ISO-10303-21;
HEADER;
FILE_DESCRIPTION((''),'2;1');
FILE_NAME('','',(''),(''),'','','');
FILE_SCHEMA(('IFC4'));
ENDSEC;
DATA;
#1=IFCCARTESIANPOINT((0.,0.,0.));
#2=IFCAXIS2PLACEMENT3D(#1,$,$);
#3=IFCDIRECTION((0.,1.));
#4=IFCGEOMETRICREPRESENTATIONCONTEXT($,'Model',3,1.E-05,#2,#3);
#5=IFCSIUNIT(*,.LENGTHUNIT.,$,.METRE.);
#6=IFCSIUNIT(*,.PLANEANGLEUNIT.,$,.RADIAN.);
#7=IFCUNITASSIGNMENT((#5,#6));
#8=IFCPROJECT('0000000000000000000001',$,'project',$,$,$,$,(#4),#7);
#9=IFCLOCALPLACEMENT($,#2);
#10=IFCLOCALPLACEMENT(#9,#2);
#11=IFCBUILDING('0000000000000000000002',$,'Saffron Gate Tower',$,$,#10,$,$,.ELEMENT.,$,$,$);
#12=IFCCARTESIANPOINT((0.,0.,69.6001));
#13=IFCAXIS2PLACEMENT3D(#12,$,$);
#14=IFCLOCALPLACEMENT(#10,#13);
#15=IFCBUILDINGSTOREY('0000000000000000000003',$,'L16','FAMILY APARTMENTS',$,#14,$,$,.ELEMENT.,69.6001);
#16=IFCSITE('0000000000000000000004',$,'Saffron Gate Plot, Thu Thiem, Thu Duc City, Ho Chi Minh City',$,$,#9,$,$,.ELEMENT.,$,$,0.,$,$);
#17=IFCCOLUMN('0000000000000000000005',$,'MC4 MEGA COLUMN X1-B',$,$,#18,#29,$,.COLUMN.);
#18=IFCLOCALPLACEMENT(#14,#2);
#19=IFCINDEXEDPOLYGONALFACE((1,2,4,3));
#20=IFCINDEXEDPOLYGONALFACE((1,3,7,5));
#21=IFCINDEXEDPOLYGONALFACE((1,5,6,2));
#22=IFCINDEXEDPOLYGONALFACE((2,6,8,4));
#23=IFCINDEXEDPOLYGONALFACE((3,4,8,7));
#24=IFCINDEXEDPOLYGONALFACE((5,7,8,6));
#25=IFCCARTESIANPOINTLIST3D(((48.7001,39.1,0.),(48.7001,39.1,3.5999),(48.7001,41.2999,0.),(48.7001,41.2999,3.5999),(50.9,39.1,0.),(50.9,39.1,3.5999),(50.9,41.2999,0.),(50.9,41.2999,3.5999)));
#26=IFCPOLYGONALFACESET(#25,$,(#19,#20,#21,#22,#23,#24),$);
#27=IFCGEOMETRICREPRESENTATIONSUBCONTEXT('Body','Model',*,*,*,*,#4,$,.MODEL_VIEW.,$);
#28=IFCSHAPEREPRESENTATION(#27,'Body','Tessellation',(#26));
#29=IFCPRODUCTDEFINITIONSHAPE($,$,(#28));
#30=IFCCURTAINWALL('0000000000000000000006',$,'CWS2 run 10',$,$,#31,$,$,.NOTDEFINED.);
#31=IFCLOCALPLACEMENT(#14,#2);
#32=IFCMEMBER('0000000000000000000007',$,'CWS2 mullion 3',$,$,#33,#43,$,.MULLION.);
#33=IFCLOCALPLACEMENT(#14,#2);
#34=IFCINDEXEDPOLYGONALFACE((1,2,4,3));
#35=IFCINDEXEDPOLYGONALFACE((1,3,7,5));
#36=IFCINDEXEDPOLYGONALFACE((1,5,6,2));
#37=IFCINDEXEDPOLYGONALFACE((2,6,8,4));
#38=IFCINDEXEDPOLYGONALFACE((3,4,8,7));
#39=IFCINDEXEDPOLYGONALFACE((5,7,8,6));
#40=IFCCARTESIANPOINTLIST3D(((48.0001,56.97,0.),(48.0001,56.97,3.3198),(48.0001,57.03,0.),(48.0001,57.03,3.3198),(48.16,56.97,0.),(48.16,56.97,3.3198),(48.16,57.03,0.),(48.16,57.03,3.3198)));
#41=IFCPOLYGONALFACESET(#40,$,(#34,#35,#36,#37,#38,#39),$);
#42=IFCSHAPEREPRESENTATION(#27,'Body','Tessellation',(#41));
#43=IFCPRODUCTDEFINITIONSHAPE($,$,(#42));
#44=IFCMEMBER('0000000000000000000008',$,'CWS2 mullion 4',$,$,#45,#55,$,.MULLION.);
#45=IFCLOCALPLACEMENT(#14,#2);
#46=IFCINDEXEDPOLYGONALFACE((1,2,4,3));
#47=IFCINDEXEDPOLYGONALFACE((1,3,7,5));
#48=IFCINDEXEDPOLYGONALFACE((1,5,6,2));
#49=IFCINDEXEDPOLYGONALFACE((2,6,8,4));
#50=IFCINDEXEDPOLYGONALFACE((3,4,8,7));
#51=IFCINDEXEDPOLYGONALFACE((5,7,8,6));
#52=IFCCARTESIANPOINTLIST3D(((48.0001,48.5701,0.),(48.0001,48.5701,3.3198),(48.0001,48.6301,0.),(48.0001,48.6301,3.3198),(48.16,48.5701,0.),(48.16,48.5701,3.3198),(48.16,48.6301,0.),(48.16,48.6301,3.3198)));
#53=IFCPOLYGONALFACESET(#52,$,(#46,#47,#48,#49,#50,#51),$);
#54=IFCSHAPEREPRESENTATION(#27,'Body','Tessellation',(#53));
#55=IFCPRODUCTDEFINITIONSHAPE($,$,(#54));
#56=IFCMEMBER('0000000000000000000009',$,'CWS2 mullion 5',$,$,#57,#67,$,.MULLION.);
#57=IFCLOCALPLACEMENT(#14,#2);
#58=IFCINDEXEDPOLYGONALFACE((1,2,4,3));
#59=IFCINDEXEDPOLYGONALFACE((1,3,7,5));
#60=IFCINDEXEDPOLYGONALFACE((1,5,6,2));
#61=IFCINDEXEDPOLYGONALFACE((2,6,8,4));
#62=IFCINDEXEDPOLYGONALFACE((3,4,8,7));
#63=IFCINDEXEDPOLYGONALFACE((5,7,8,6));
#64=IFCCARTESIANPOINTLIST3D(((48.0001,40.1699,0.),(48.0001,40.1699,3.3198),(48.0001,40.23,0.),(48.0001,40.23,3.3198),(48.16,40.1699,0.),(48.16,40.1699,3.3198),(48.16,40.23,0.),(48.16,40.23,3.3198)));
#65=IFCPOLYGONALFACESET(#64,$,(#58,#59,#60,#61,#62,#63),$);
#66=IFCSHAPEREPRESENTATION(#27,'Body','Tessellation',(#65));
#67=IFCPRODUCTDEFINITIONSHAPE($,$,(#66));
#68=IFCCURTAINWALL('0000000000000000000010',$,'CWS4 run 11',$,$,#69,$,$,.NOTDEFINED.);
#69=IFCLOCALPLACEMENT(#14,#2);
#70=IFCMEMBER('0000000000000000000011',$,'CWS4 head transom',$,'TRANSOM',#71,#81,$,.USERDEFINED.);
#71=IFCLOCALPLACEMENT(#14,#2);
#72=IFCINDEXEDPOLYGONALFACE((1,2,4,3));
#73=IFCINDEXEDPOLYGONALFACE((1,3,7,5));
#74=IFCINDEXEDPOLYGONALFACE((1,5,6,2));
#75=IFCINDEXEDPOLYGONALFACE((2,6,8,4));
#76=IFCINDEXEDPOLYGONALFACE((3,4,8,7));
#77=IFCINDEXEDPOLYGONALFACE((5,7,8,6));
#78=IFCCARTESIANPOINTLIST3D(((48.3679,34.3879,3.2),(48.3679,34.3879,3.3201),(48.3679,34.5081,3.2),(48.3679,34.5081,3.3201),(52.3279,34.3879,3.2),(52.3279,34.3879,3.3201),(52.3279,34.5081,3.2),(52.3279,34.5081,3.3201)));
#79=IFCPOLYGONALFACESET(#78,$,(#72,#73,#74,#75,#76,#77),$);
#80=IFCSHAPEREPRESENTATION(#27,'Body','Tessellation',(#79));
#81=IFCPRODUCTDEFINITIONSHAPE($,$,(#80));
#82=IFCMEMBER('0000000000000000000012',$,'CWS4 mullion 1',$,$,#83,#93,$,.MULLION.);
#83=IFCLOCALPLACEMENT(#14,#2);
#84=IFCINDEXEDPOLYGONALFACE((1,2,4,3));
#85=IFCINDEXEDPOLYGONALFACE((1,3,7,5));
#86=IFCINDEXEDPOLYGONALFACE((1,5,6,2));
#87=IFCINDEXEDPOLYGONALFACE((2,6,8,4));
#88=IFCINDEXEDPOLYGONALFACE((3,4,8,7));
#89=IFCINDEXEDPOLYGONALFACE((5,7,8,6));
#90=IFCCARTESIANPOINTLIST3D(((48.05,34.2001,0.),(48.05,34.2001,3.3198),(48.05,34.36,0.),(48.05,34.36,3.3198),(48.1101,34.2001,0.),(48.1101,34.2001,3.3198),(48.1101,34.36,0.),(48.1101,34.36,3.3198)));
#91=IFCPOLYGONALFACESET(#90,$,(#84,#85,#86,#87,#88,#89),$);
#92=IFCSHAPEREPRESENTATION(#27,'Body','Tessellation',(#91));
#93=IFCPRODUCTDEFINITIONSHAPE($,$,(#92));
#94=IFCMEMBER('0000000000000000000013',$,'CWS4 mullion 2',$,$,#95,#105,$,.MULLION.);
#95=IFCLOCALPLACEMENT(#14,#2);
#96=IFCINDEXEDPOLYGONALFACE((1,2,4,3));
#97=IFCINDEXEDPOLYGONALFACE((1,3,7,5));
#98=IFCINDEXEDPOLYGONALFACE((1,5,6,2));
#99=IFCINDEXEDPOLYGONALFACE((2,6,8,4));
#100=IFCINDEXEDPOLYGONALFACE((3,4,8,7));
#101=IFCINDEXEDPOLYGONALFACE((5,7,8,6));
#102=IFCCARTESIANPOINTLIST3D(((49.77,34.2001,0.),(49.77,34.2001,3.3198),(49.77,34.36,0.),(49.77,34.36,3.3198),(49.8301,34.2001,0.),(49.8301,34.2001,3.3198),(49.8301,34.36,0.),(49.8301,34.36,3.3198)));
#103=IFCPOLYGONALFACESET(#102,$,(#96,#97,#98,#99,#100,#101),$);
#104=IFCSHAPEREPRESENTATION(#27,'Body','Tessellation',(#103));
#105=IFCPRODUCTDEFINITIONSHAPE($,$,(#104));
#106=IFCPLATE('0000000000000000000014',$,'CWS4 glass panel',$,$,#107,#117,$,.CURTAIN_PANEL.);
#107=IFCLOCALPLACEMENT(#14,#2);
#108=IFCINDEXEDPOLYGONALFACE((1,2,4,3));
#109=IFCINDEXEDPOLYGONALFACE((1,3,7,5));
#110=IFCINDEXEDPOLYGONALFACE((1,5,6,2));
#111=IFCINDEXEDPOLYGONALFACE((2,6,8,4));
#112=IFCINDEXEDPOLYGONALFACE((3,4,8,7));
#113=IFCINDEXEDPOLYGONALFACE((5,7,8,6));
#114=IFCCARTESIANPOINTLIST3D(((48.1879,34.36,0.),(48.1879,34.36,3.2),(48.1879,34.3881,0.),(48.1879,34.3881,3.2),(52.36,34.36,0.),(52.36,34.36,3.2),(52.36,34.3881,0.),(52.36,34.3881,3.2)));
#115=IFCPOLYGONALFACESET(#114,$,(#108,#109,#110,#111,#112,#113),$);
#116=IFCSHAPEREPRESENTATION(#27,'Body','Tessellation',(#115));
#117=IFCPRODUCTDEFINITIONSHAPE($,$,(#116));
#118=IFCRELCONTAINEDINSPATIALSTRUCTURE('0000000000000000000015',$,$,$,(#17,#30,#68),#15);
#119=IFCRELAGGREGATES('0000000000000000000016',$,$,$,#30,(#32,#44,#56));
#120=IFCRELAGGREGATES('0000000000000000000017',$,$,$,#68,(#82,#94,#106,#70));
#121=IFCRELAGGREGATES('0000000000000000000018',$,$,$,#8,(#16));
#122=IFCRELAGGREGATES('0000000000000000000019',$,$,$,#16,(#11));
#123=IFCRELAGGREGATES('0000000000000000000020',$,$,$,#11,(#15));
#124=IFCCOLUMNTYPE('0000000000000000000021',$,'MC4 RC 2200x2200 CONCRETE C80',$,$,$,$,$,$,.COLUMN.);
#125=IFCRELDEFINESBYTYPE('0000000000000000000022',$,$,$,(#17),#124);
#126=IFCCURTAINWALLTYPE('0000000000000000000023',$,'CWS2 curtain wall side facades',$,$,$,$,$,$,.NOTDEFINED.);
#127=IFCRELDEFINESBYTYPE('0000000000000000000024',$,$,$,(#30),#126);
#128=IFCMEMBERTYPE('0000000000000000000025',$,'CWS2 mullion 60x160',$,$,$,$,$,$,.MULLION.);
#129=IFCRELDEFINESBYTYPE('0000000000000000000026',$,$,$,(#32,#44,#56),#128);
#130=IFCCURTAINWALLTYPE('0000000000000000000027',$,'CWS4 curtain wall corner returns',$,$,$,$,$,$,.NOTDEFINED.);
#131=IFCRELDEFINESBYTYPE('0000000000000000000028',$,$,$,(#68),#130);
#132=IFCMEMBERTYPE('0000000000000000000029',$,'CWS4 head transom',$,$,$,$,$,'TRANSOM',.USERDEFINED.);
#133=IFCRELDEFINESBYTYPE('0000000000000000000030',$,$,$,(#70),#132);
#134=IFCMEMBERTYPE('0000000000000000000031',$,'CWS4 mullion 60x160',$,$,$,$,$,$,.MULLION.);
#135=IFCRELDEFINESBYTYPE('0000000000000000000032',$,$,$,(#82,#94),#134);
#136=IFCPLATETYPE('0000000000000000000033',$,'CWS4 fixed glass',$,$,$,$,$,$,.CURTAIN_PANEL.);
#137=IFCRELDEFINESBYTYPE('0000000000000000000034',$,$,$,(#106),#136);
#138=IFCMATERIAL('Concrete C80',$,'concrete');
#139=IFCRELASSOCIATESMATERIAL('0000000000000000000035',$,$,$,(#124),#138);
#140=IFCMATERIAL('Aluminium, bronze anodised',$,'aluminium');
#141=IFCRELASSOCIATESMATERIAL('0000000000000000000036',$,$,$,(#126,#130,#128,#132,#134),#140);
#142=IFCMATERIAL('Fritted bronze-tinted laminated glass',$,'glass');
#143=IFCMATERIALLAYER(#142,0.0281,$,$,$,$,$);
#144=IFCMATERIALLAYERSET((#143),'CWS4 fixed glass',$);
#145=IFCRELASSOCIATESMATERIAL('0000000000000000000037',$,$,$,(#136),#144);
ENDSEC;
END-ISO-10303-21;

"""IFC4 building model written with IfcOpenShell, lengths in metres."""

from ifc_helpers import new_model, si_unit, direction, frame, frame_2d, origin, origin_2d, place, context, subcontext, project, spatial, rectangle, extrude, material, layer, layer_set, material_profile, profile_set, type_object, element, aggregate, save


model = new_model("IFC4")

# Units and contexts
model_context = context("Model", 3, precision=1e-05, world=origin(), true_north=direction((0.0, 1.0)))
body_context = subcontext(model_context, "Body", "Model", "MODEL_VIEW")
ifc_project = project(units=[si_unit("LENGTHUNIT", "METRE"), si_unit("PLANEANGLEUNIT", "RADIAN")], contexts=[model_context])

# Site, building, storey
site_placement = place(None, origin())
site = spatial("IfcSite", under=ifc_project, at=site_placement, Name="Saffron Gate Plot, Thu Thiem, Thu Duc City, Ho Chi Minh City", CompositionType="ELEMENT", RefElevation=0.0)
building_placement = place(site_placement, origin())
building = spatial("IfcBuilding", under=site, at=building_placement, Name="Saffron Gate Tower", CompositionType="ELEMENT")
storey_placement = place(building_placement, frame((0.0, 0.0, 69.6001)))
storey = spatial("IfcBuildingStorey", under=building, at=storey_placement, Name="L16", Description="FAMILY APARTMENTS", CompositionType="ELEMENT", Elevation=69.6001)

# Column
ifc_material_1 = material(Name="Concrete C80", Category="concrete")
ifc_material_profile_1 = material_profile(ifc_material_1, rectangle(XDim=2.2, YDim=2.2, at=origin_2d()))
ifc_profile_set_1 = profile_set([ifc_material_profile_1], Name="Concrete C80")
column_type = type_object("IfcColumnType", Name="MC4 RC 2200x2200 CONCRETE C80", PredefinedType="COLUMN", material=ifc_profile_set_1)
column_placement = place(storey_placement, frame((49.8, 40.2, 0.0), z_axis=(0.0, 0.0, 1.0), x_axis=(1.0, 0.0, 0.0)))
element("IfcColumn", 1, at=column_placement, inside=storey, type_object=column_type, Name="MC4 MEGA COLUMN X1-B", PredefinedType="COLUMN", context=body_context, shape_type="SweptSolid", body=[
    extrude(rectangle(XDim=2.2, YDim=2.2, at=origin_2d()), origin(), (0.0, 0.0, 1.0), 3.5999),
])

# Curtain wall, members
ifc_material_2 = material(Name="Aluminium, bronze anodised", Category="aluminium")
curtain_wall_type_1 = type_object("IfcCurtainWallType", Name="CWS2 curtain wall side facades", PredefinedType="NOTDEFINED", material=ifc_material_2)
curtain_wall_1_placement = place(storey_placement, origin())
curtain_wall_1 = element("IfcCurtainWall", 2, at=curtain_wall_1_placement, inside=storey, type_object=curtain_wall_type_1, Name="CWS2 run 10", PredefinedType="NOTDEFINED")
ifc_material_profile_2 = material_profile(ifc_material_2, rectangle(XDim=0.1599, YDim=0.0601, at=origin_2d()))
ifc_profile_set_2 = profile_set([ifc_material_profile_2], Name="Aluminium, bronze anodised")
member_type_1 = type_object("IfcMemberType", Name="CWS2 mullion 60x160", PredefinedType="MULLION", material=ifc_profile_set_2)
member_1_placement = place(storey_placement, frame((48.0801, 57.0, 0.0), z_axis=(0.0, 0.0, 1.0), x_axis=(1.0, 0.0, 0.0)))
member_1 = element("IfcMember", 3, at=member_1_placement, type_object=member_type_1, Name="CWS2 mullion 3", PredefinedType="MULLION", context=body_context, shape_type="SweptSolid", body=[
    extrude(rectangle(XDim=0.1599, YDim=0.0601, at=origin_2d()), origin(), (0.0, 0.0, 1.0), 3.3198),
])
member_2_placement = place(storey_placement, frame((48.0801, 48.6001, 0.0), z_axis=(0.0, 0.0, 1.0), x_axis=(1.0, 0.0, 0.0)))
member_2 = element("IfcMember", 4, at=member_2_placement, type_object=member_type_1, Name="CWS2 mullion 4", PredefinedType="MULLION", context=body_context, shape_type="SweptSolid", body=[
    extrude(rectangle(XDim=0.1599, YDim=0.0601, at=origin_2d()), origin(), (0.0, 0.0, 1.0), 3.3198),
])
member_3_placement = place(storey_placement, frame((48.0801, 40.2, 0.0), z_axis=(0.0, 0.0, 1.0), x_axis=(1.0, 0.0, 0.0)))
member_3 = element("IfcMember", 5, at=member_3_placement, type_object=member_type_1, Name="CWS2 mullion 5", PredefinedType="MULLION", context=body_context, shape_type="SweptSolid", body=[
    extrude(rectangle(XDim=0.1599, YDim=0.0601, at=origin_2d()), origin(), (0.0, 0.0, 1.0), 3.3198),
])
aggregate(curtain_wall_1, [member_1, member_2, member_3])

# Curtain wall, members, plate
curtain_wall_type_2 = type_object("IfcCurtainWallType", Name="CWS4 curtain wall corner returns", PredefinedType="NOTDEFINED", material=ifc_material_2)
curtain_wall_2_placement = place(storey_placement, origin())
curtain_wall_2 = element("IfcCurtainWall", 6, at=curtain_wall_2_placement, inside=storey, type_object=curtain_wall_type_2, Name="CWS4 run 11", PredefinedType="NOTDEFINED")
ifc_material_profile_3 = material_profile(ifc_material_2, rectangle(XDim=0.1201, YDim=0.1201, at=origin_2d()))
ifc_profile_set_3 = profile_set([ifc_material_profile_3], Name="Aluminium, bronze anodised")
member_type_2 = type_object("IfcMemberType", Name="CWS4 head transom", ElementType="TRANSOM", PredefinedType="USERDEFINED", material=ifc_profile_set_3)
member_4_placement = place(storey_placement, frame((48.3679, 34.448, 3.26), z_axis=(1.0, 0.0, 0.0), x_axis=(0.0, 1.0, 0.0)))
member_4 = element("IfcMember", 7, at=member_4_placement, type_object=member_type_2, Name="CWS4 head transom", ObjectType="TRANSOM", PredefinedType="USERDEFINED", context=body_context, shape_type="SweptSolid", body=[
    extrude(rectangle(XDim=0.1201, YDim=0.1201, at=origin_2d()), origin(), (0.0, 0.0, 1.0), 3.96),
])
ifc_material_profile_4 = material_profile(ifc_material_2, rectangle(XDim=0.1599, YDim=0.0601, at=origin_2d()))
ifc_profile_set_4 = profile_set([ifc_material_profile_4], Name="Aluminium, bronze anodised")
member_type_3 = type_object("IfcMemberType", Name="CWS4 mullion 60x160", PredefinedType="MULLION", material=ifc_profile_set_4)
member_5_placement = place(storey_placement, frame((48.0801, 34.28, 0.0), z_axis=(0.0, 0.0, 1.0), x_axis=(0.0, 1.0, 0.0)))
member_5 = element("IfcMember", 8, at=member_5_placement, type_object=member_type_3, Name="CWS4 mullion 1", PredefinedType="MULLION", context=body_context, shape_type="SweptSolid", body=[
    extrude(rectangle(XDim=0.1599, YDim=0.0601, at=origin_2d()), origin(), (0.0, 0.0, 1.0), 3.3198),
])
member_6_placement = place(storey_placement, frame((49.8, 34.28, 0.0), z_axis=(0.0, 0.0, 1.0), x_axis=(0.0, 1.0, 0.0)))
member_6 = element("IfcMember", 9, at=member_6_placement, type_object=member_type_3, Name="CWS4 mullion 2", PredefinedType="MULLION", context=body_context, shape_type="SweptSolid", body=[
    extrude(rectangle(XDim=0.1599, YDim=0.0601, at=origin_2d()), origin(), (0.0, 0.0, 1.0), 3.3198),
])
ifc_material_3 = material(Name="Fritted bronze-tinted laminated glass", Category="glass")
ifc_layer_1 = layer(ifc_material_3, 0.0281)
ifc_layer_set_1 = layer_set([ifc_layer_1], Name="CWS4 fixed glass")
plate_type = type_object("IfcPlateType", Name="CWS4 fixed glass", PredefinedType="CURTAIN_PANEL", material=ifc_layer_set_1)
plate_placement = place(storey_placement, frame((48.188, 34.374, 0.0), z_axis=(0.0, 0.0, 1.0), x_axis=(1.0, 0.0, 0.0)))
plate = element("IfcPlate", 10, at=plate_placement, type_object=plate_type, Name="CWS4 glass panel", PredefinedType="CURTAIN_PANEL", context=body_context, shape_type="SweptSolid", body=[
    extrude(rectangle(XDim=4.1721, YDim=0.0281, at=frame_2d((2.0859, 0.0))), origin(), (0.0, 0.0, 1.0), 3.2),
])
aggregate(curtain_wall_2, [member_5, member_6, plate, member_4])

save(model, "model.ifc")
